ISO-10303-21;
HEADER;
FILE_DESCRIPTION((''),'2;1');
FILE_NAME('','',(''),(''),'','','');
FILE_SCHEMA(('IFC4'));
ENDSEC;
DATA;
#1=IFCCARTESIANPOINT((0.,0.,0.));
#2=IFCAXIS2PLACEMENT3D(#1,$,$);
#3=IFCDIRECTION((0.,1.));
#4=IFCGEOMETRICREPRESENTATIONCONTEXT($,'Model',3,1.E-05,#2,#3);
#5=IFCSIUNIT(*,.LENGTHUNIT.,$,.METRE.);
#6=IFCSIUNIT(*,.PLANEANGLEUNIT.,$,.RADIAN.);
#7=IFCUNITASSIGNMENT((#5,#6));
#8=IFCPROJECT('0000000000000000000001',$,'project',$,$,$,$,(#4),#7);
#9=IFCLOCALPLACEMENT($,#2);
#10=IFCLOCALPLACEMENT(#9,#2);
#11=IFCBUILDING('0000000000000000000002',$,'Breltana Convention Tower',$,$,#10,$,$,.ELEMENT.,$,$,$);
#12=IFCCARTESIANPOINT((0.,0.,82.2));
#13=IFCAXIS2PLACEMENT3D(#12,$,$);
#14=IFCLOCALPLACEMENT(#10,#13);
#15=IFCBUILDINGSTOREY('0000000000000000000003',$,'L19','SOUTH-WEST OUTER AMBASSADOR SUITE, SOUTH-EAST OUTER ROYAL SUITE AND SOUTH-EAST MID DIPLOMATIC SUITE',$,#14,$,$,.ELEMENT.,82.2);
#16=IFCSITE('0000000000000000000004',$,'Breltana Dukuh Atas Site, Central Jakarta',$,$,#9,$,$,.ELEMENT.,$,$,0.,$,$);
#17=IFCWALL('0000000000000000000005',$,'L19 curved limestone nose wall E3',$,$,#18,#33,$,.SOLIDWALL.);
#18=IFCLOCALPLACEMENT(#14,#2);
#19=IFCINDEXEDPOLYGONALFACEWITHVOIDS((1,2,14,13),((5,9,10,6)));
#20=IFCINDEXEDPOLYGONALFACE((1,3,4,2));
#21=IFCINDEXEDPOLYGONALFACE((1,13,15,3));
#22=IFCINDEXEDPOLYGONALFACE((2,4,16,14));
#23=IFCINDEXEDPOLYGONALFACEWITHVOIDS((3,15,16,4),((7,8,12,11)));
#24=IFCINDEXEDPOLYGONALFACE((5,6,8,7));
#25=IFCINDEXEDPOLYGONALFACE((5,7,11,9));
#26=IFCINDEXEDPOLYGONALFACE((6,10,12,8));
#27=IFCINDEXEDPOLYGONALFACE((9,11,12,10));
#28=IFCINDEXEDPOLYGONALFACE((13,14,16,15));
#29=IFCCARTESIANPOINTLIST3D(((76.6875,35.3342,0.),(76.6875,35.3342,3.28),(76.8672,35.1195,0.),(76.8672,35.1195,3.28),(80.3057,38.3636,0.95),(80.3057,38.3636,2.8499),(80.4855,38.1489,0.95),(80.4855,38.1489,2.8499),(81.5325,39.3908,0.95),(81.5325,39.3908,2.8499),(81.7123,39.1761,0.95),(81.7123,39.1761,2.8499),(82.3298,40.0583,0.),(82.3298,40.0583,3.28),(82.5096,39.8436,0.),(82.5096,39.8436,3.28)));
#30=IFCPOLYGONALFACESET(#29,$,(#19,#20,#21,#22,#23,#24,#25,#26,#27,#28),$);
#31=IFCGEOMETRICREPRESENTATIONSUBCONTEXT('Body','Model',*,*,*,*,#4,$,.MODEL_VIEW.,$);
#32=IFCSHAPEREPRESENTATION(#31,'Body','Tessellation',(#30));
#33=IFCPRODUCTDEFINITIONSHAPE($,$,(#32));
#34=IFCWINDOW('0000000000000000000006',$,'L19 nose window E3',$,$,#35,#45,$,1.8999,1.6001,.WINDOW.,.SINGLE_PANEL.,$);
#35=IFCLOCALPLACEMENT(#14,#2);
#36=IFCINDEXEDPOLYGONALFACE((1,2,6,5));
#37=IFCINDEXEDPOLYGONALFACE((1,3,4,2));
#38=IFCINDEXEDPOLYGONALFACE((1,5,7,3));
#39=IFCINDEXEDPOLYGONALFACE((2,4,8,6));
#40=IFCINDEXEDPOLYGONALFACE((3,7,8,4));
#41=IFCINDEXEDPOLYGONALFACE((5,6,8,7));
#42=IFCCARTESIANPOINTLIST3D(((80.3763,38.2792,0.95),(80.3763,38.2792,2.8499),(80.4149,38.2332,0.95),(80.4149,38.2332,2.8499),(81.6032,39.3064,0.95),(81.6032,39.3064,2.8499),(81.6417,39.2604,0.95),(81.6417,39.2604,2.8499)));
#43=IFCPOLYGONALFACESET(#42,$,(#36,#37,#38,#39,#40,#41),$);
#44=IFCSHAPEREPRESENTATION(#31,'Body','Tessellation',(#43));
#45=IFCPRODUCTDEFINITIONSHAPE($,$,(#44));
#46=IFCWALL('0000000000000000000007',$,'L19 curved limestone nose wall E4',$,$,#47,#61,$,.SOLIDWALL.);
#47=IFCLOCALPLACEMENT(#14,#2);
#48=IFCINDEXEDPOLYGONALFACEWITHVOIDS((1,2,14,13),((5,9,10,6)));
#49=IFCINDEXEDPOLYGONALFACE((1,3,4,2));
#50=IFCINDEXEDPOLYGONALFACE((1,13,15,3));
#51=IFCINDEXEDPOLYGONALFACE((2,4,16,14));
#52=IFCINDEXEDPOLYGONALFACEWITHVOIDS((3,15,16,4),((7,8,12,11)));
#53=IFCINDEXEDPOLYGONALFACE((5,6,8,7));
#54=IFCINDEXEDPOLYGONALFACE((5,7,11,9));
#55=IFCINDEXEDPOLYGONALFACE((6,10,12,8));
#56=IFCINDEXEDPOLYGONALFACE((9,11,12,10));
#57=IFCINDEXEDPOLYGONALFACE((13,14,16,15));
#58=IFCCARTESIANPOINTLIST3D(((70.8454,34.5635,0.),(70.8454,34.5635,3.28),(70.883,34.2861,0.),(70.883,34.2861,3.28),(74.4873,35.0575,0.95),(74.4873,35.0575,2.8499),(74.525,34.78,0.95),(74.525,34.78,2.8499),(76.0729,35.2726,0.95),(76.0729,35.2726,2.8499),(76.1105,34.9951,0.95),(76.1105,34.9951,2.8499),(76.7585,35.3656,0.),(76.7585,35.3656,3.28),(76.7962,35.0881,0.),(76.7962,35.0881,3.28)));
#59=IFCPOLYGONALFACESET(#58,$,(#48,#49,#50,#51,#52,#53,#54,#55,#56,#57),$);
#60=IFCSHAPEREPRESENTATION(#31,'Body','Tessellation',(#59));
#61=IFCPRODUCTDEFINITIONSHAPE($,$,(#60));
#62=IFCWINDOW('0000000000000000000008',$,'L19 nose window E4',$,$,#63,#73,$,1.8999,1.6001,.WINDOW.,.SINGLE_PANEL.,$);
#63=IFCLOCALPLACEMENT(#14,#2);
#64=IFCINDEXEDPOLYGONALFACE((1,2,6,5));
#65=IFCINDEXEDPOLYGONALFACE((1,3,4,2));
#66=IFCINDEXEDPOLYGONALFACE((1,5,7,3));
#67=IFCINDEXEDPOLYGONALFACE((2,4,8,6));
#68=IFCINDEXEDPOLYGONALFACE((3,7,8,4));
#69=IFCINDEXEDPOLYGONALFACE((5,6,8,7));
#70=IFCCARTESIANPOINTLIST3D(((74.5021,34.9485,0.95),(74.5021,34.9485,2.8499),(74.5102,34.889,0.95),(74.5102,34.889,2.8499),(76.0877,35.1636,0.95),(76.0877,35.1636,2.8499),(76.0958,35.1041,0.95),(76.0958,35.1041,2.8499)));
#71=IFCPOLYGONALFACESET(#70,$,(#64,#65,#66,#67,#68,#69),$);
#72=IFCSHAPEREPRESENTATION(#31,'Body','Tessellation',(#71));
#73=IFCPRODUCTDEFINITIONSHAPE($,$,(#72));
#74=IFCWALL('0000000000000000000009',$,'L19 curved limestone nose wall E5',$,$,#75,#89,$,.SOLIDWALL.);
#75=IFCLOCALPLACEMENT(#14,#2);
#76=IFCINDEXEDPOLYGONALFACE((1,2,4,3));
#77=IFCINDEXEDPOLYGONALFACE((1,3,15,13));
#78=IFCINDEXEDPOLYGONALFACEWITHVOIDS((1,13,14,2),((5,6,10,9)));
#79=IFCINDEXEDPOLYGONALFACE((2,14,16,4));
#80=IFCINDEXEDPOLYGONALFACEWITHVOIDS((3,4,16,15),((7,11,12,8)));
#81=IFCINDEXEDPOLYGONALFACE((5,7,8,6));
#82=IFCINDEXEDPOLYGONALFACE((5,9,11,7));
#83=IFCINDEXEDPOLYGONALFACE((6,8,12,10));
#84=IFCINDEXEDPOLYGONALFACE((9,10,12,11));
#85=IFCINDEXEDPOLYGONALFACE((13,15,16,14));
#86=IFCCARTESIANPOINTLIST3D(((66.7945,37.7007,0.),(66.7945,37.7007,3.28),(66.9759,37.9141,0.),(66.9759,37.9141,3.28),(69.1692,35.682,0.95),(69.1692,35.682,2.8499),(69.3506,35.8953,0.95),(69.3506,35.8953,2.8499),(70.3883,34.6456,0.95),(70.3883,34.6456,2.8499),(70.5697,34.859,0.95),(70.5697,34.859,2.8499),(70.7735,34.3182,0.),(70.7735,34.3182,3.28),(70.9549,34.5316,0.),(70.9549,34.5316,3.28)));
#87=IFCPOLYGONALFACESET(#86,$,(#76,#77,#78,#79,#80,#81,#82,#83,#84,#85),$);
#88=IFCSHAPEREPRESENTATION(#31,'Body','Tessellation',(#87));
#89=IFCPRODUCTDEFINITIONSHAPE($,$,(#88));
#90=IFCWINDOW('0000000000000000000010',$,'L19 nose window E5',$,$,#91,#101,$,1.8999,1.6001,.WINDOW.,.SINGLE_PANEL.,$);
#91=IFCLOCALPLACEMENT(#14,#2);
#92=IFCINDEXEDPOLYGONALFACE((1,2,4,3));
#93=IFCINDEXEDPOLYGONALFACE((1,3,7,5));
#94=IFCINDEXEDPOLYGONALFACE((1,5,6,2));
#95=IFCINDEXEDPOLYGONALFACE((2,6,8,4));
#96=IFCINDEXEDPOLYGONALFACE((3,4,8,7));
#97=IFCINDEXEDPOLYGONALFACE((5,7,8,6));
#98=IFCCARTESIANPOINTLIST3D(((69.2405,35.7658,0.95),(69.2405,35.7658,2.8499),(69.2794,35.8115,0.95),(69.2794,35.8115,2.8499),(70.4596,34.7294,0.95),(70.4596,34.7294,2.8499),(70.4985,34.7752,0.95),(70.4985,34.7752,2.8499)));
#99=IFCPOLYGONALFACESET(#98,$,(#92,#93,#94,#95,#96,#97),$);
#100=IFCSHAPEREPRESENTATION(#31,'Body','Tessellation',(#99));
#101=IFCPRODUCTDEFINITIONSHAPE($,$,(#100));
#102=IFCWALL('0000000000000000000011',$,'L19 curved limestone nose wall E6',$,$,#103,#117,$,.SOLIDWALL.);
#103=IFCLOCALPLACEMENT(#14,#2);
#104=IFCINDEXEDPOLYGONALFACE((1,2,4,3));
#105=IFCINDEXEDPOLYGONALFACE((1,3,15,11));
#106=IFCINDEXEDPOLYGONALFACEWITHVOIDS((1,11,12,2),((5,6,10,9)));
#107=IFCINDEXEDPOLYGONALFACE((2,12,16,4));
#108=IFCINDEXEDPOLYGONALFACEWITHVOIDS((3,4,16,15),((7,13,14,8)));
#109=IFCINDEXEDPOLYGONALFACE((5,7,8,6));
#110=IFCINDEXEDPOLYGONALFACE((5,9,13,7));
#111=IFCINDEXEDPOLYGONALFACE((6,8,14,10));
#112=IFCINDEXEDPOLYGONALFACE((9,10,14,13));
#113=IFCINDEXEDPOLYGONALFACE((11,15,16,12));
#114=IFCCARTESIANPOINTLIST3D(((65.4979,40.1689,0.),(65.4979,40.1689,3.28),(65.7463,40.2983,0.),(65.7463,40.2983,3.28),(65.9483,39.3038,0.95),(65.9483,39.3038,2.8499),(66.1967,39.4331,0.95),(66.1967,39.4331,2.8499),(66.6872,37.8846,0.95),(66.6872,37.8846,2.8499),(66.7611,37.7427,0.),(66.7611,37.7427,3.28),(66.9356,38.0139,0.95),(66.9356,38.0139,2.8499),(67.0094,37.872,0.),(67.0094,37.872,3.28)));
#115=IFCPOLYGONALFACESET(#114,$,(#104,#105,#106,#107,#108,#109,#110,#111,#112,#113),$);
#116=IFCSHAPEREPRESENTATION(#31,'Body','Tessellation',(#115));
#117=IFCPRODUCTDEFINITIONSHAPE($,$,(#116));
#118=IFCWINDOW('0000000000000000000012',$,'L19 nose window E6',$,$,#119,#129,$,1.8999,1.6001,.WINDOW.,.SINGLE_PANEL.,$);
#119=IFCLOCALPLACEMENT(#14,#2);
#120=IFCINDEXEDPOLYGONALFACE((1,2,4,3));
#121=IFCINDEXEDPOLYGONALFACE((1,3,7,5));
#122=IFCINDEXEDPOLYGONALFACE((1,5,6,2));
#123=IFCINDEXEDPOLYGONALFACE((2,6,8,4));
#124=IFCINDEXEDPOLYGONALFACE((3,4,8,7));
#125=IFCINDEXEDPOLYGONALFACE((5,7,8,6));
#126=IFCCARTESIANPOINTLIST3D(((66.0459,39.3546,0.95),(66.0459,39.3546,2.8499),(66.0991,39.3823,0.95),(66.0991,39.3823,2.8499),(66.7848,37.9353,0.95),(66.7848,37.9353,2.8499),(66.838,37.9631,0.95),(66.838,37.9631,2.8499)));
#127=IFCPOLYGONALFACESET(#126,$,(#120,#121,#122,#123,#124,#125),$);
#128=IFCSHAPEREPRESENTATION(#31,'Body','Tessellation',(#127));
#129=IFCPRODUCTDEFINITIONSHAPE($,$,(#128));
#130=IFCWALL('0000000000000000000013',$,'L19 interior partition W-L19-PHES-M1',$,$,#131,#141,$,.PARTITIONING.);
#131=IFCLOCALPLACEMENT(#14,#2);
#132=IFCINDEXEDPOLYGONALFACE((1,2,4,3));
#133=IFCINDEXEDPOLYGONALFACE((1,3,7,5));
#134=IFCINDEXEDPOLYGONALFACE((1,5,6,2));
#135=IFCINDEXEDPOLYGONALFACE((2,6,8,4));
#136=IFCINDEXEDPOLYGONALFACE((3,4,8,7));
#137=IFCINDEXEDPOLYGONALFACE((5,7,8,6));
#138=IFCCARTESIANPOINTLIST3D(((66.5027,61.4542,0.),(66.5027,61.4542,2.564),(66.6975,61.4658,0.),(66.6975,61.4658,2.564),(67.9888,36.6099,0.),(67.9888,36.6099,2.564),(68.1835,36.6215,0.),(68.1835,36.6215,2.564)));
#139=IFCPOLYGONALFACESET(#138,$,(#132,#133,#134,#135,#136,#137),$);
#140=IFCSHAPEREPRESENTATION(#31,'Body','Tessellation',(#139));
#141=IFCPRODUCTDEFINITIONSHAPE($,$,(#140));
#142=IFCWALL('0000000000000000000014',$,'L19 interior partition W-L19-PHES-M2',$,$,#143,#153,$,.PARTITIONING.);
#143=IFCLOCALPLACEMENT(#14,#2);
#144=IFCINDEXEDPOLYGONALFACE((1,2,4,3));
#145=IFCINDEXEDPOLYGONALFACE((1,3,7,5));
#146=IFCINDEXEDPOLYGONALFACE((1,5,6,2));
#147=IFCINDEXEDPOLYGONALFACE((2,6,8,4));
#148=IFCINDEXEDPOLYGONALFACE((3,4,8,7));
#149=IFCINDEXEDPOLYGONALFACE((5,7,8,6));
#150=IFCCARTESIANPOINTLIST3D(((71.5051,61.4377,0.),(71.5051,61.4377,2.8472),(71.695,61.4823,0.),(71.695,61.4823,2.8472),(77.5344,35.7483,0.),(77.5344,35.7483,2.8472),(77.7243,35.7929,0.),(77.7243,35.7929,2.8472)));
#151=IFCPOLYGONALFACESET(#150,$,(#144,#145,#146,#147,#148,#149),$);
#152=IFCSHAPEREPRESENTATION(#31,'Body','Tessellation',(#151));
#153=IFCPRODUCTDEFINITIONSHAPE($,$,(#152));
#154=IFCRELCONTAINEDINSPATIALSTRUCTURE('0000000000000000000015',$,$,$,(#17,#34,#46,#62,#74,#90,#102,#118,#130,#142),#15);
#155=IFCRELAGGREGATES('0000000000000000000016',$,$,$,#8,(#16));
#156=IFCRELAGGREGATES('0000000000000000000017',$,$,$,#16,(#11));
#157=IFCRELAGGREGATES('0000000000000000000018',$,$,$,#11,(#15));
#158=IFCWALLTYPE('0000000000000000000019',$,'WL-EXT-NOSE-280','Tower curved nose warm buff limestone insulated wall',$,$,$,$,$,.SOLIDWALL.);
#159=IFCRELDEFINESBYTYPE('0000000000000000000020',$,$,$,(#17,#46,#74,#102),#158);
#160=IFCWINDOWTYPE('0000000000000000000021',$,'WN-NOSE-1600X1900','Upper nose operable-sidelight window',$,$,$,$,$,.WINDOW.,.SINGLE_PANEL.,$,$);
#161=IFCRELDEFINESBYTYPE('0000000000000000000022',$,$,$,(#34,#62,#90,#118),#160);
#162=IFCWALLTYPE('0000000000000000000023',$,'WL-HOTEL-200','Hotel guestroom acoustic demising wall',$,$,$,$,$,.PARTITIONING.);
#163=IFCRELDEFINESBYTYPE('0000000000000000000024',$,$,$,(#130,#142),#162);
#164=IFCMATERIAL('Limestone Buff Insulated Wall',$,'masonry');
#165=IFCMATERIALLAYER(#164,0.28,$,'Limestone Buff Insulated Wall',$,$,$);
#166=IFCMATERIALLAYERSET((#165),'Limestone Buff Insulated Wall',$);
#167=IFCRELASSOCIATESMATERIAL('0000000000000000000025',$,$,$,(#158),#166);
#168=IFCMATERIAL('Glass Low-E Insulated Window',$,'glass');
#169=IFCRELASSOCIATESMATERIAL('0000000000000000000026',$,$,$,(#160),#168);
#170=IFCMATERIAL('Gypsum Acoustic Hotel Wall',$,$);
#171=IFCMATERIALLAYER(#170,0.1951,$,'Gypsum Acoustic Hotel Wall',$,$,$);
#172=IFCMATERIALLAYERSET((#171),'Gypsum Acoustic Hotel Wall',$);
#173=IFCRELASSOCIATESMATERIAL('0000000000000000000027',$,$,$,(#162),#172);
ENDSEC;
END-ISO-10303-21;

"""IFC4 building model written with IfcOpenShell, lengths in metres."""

from ifc_helpers import new_model, si_unit, direction, frame, frame_2d, origin, place, context, subcontext, project, spatial, rectangle, extrude, source, transform, mapped, material, layer, layer_set, type_object, type_shapes, element, fill, save


model = new_model("IFC4")

# Units and contexts
model_context = context("Model", 3, precision=1e-05, world=origin(), true_north=direction((0.0, 1.0)))
body_context = subcontext(model_context, "Body", "Model", "MODEL_VIEW")
ifc_project = project(units=[si_unit("LENGTHUNIT", "METRE"), si_unit("PLANEANGLEUNIT", "RADIAN")], contexts=[model_context])

# Site, building, storey
site_placement = place(None, origin())
site = spatial("IfcSite", under=ifc_project, at=site_placement, Name="Breltana Dukuh Atas Site, Central Jakarta", CompositionType="ELEMENT", RefElevation=0.0)
building_placement = place(site_placement, origin())
building = spatial("IfcBuilding", under=site, at=building_placement, Name="Breltana Convention Tower", CompositionType="ELEMENT")
storey_placement = place(building_placement, frame((0.0, 0.0, 82.2)))
storey = spatial("IfcBuildingStorey", under=building, at=storey_placement, Name="L19", Description="SOUTH-WEST OUTER AMBASSADOR SUITE, SOUTH-EAST OUTER ROYAL SUITE AND SOUTH-EAST MID DIPLOMATIC SUITE", CompositionType="ELEMENT", Elevation=82.2)

# Walls, openings, windows
ifc_material_1 = material(Name="Limestone Buff Insulated Wall", Category="masonry")
ifc_layer_1 = layer(ifc_material_1, 0.28, Name="Limestone Buff Insulated Wall")
ifc_layer_set_1 = layer_set([ifc_layer_1], Name="Limestone Buff Insulated Wall")
wall_type_1 = type_object("IfcWallType", Name="WL-EXT-NOSE-280", Description="Tower curved nose warm buff limestone insulated wall", PredefinedType="SOLIDWALL", material=ifc_layer_set_1)
shared_shape_1 = source(origin(), body_context, "Body", "SweptSolid", [
    extrude(rectangle(XDim=7.3589, YDim=0.28, at=frame_2d((3.6794, 0.0))), origin(), (0.0, 0.0, 1.0), 3.28),
])
wall_1_placement = place(storey_placement, frame((82.4197, 39.9509, 0.0), z_axis=(0.0, 0.0, 1.0), x_axis=(-0.766737, -0.641961, 0.0)))
wall_1 = element("IfcWall", 1, at=wall_1_placement, inside=storey, type_object=wall_type_1, Name="L19 curved limestone nose wall E3", PredefinedType="SOLIDWALL", context=body_context, shape_type="MappedRepresentation", body=[
    mapped(shared_shape_1, transform((0.0, 0.0, 0.0), scale=1.0)),
])
opening_1_placement = place(wall_1_placement, frame((1.0398, 0.0, 0.95)))
opening_1 = element("IfcOpeningElement", 2, at=opening_1_placement, cuts=wall_1, PredefinedType="OPENING", context=body_context, shape_type="SweptSolid", body=[
    extrude(rectangle(XDim=1.6001, YDim=1.8999, at=frame_2d((0.8, 0.95))), frame((0.0, 0.1499, 0.0), z_axis=(0.0, -1.0, 0.0), x_axis=(1.0, 0.0, 0.0)), (0.0, 0.0, 1.0), 0.3),
])
ifc_material_2 = material(Name="Glass Low-E Insulated Window", Category="glass")
window_type = type_object("IfcWindowType", Name="WN-NOSE-1600X1900", Description="Upper nose operable-sidelight window", PartitioningType="SINGLE_PANEL", PredefinedType="WINDOW", material=ifc_material_2)
shared_shape_2 = source(origin(), body_context, "Body", "SweptSolid", [
    extrude(rectangle(XDim=1.6001, YDim=1.8999, at=frame_2d((0.8, 0.95))), frame((0.0, 0.03, 0.0), z_axis=(0.0, -1.0, 0.0), x_axis=(1.0, 0.0, 0.0)), (0.0, 0.0, 1.0), 0.0601),
])
type_shapes(window_type, [shared_shape_2])
window_1_placement = place(opening_1_placement, origin())
window_1 = element("IfcWindow", 3, at=window_1_placement, inside=storey, type_object=window_type, Name="L19 nose window E3", OverallHeight=1.8999, OverallWidth=1.6001, PartitioningType="SINGLE_PANEL", PredefinedType="WINDOW", context=body_context, shape_type="MappedRepresentation", body=[
    mapped(shared_shape_2, transform((0.0, 0.0, 0.0), scale=1.0)),
])
fill(opening_1, window_1)
shared_shape_3 = source(origin(), body_context, "Body", "SweptSolid", [
    extrude(rectangle(XDim=5.9673, YDim=0.28, at=frame_2d((2.9836, 0.0))), origin(), (0.0, 0.0, 1.0), 3.28),
])
wall_2_placement = place(storey_placement, frame((76.7773, 35.2268, 0.0), z_axis=(0.0, 0.0, 1.0), x_axis=(-0.990927, -0.134401, 0.0)))
wall_2 = element("IfcWall", 4, at=wall_2_placement, inside=storey, type_object=wall_type_1, Name="L19 curved limestone nose wall E4", PredefinedType="SOLIDWALL", context=body_context, shape_type="MappedRepresentation", body=[
    mapped(shared_shape_3, transform((0.0, 0.0, 0.0), scale=1.0)),
])
opening_2_placement = place(wall_2_placement, frame((0.6919, 0.0, 0.95)))
opening_2 = element("IfcOpeningElement", 5, at=opening_2_placement, cuts=wall_2, PredefinedType="OPENING", context=body_context, shape_type="SweptSolid", body=[
    extrude(rectangle(XDim=1.6001, YDim=1.8999, at=frame_2d((0.8, 0.95))), frame((0.0, 0.1499, 0.0), z_axis=(0.0, -1.0, 0.0), x_axis=(1.0, 0.0, 0.0)), (0.0, 0.0, 1.0), 0.3),
])
window_2_placement = place(opening_2_placement, origin())
window_2 = element("IfcWindow", 6, at=window_2_placement, inside=storey, type_object=window_type, Name="L19 nose window E4", OverallHeight=1.8999, OverallWidth=1.6001, PartitioningType="SINGLE_PANEL", PredefinedType="WINDOW", context=body_context, shape_type="MappedRepresentation", body=[
    mapped(shared_shape_2, transform((0.0, 0.0, 0.0), scale=1.0)),
])
fill(opening_2, window_2)
shared_shape_4 = source(origin(), body_context, "Body", "SweptSolid", [
    extrude(rectangle(XDim=5.2224, YDim=0.28, at=frame_2d((2.6113, 0.0))), origin(), (0.0, 0.0, 1.0), 3.28),
])
wall_3_placement = place(storey_placement, frame((70.8643, 34.4248, 0.0), z_axis=(0.0, 0.0, 1.0), x_axis=(-0.7619, 0.647695, 0.0)))
wall_3 = element("IfcWall", 7, at=wall_3_placement, inside=storey, type_object=wall_type_1, Name="L19 curved limestone nose wall E5", PredefinedType="SOLIDWALL", context=body_context, shape_type="MappedRepresentation", body=[
    mapped(shared_shape_4, transform((0.0, 0.0, 0.0), scale=1.0)),
])
opening_3_placement = place(wall_3_placement, frame((0.5056, 0.0, 0.95)))
opening_3 = element("IfcOpeningElement", 8, at=opening_3_placement, cuts=wall_3, PredefinedType="OPENING", context=body_context, shape_type="SweptSolid", body=[
    extrude(rectangle(XDim=1.6001, YDim=1.8999, at=frame_2d((0.8, 0.95))), frame((0.0, 0.1499, 0.0), z_axis=(0.0, -1.0, 0.0), x_axis=(1.0, 0.0, 0.0)), (0.0, 0.0, 1.0), 0.3),
])
window_3_placement = place(opening_3_placement, origin())
window_3 = element("IfcWindow", 9, at=window_3_placement, inside=storey, type_object=window_type, Name="L19 nose window E5", OverallHeight=1.8999, OverallWidth=1.6001, PartitioningType="SINGLE_PANEL", PredefinedType="WINDOW", context=body_context, shape_type="MappedRepresentation", body=[
    mapped(shared_shape_2, transform((0.0, 0.0, 0.0), scale=1.0)),
])
fill(opening_3, window_3)
shared_shape_5 = source(origin(), body_context, "Body", "SweptSolid", [
    extrude(rectangle(XDim=2.7354, YDim=0.28, at=frame_2d((1.3677, 0.0))), origin(), (0.0, 0.0, 1.0), 3.28),
])
wall_4_placement = place(storey_placement, frame((66.8853, 37.8074, 0.0), z_axis=(0.0, 0.0, 1.0), x_axis=(-0.461791, 0.886989, 0.0)))
wall_4 = element("IfcWall", 10, at=wall_4_placement, inside=storey, type_object=wall_type_1, Name="L19 curved limestone nose wall E6", PredefinedType="SOLIDWALL", context=body_context, shape_type="MappedRepresentation", body=[
    mapped(shared_shape_5, transform((0.0, 0.0, 0.0), scale=1.0)),
])
opening_4_placement = place(wall_4_placement, frame((0.1599, 0.0, 0.95)))
opening_4 = element("IfcOpeningElement", 11, at=opening_4_placement, cuts=wall_4, PredefinedType="OPENING", context=body_context, shape_type="SweptSolid", body=[
    extrude(rectangle(XDim=1.6001, YDim=1.8999, at=frame_2d((0.8, 0.95))), frame((0.0, 0.1499, 0.0), z_axis=(0.0, -1.0, 0.0), x_axis=(1.0, 0.0, 0.0)), (0.0, 0.0, 1.0), 0.3),
])
window_4_placement = place(opening_4_placement, origin())
window_4 = element("IfcWindow", 12, at=window_4_placement, inside=storey, type_object=window_type, Name="L19 nose window E6", OverallHeight=1.8999, OverallWidth=1.6001, PartitioningType="SINGLE_PANEL", PredefinedType="WINDOW", context=body_context, shape_type="MappedRepresentation", body=[
    mapped(shared_shape_2, transform((0.0, 0.0, 0.0), scale=1.0)),
])
fill(opening_4, window_4)

# Walls
ifc_material_3 = material(Name="Gypsum Acoustic Hotel Wall")
ifc_layer_2 = layer(ifc_material_3, 0.1951, Name="Gypsum Acoustic Hotel Wall")
ifc_layer_set_2 = layer_set([ifc_layer_2], Name="Gypsum Acoustic Hotel Wall")
wall_type_2 = type_object("IfcWallType", Name="WL-HOTEL-200", Description="Hotel guestroom acoustic demising wall", PredefinedType="PARTITIONING", material=ifc_layer_set_2)
shared_shape_6 = source(origin(), body_context, "Body", "SweptSolid", [
    extrude(rectangle(XDim=24.8887, YDim=0.1951, at=frame_2d((12.4443, 0.0))), origin(), (0.0, 0.0, 1.0), 2.564),
])
wall_5_placement = place(storey_placement, frame((68.0862, 36.6157, 0.0), z_axis=(0.0, 0.0, 1.0), x_axis=(-0.059709, 0.998216, 0.0)))
element("IfcWall", 13, at=wall_5_placement, inside=storey, type_object=wall_type_2, Name="L19 interior partition W-L19-PHES-M1", PredefinedType="PARTITIONING", context=body_context, shape_type="MappedRepresentation", body=[
    mapped(shared_shape_6, transform((0.0, 0.0, 0.0), scale=1.0)),
])
shared_shape_7 = source(origin(), body_context, "Body", "SweptSolid", [
    extrude(rectangle(XDim=26.3875, YDim=0.1951, at=frame_2d((13.1938, 0.0))), origin(), (0.0, 0.0, 1.0), 2.8472),
])
wall_6_placement = place(storey_placement, frame((77.6294, 35.7705, 0.0), z_axis=(0.0, 0.0, 1.0), x_axis=(-0.228491, 0.973546, 0.0)))
element("IfcWall", 14, at=wall_6_placement, inside=storey, type_object=wall_type_2, Name="L19 interior partition W-L19-PHES-M2", PredefinedType="PARTITIONING", context=body_context, shape_type="MappedRepresentation", body=[
    mapped(shared_shape_7, transform((0.0, 0.0, 0.0), scale=1.0)),
])

save(model, "model.ifc")
